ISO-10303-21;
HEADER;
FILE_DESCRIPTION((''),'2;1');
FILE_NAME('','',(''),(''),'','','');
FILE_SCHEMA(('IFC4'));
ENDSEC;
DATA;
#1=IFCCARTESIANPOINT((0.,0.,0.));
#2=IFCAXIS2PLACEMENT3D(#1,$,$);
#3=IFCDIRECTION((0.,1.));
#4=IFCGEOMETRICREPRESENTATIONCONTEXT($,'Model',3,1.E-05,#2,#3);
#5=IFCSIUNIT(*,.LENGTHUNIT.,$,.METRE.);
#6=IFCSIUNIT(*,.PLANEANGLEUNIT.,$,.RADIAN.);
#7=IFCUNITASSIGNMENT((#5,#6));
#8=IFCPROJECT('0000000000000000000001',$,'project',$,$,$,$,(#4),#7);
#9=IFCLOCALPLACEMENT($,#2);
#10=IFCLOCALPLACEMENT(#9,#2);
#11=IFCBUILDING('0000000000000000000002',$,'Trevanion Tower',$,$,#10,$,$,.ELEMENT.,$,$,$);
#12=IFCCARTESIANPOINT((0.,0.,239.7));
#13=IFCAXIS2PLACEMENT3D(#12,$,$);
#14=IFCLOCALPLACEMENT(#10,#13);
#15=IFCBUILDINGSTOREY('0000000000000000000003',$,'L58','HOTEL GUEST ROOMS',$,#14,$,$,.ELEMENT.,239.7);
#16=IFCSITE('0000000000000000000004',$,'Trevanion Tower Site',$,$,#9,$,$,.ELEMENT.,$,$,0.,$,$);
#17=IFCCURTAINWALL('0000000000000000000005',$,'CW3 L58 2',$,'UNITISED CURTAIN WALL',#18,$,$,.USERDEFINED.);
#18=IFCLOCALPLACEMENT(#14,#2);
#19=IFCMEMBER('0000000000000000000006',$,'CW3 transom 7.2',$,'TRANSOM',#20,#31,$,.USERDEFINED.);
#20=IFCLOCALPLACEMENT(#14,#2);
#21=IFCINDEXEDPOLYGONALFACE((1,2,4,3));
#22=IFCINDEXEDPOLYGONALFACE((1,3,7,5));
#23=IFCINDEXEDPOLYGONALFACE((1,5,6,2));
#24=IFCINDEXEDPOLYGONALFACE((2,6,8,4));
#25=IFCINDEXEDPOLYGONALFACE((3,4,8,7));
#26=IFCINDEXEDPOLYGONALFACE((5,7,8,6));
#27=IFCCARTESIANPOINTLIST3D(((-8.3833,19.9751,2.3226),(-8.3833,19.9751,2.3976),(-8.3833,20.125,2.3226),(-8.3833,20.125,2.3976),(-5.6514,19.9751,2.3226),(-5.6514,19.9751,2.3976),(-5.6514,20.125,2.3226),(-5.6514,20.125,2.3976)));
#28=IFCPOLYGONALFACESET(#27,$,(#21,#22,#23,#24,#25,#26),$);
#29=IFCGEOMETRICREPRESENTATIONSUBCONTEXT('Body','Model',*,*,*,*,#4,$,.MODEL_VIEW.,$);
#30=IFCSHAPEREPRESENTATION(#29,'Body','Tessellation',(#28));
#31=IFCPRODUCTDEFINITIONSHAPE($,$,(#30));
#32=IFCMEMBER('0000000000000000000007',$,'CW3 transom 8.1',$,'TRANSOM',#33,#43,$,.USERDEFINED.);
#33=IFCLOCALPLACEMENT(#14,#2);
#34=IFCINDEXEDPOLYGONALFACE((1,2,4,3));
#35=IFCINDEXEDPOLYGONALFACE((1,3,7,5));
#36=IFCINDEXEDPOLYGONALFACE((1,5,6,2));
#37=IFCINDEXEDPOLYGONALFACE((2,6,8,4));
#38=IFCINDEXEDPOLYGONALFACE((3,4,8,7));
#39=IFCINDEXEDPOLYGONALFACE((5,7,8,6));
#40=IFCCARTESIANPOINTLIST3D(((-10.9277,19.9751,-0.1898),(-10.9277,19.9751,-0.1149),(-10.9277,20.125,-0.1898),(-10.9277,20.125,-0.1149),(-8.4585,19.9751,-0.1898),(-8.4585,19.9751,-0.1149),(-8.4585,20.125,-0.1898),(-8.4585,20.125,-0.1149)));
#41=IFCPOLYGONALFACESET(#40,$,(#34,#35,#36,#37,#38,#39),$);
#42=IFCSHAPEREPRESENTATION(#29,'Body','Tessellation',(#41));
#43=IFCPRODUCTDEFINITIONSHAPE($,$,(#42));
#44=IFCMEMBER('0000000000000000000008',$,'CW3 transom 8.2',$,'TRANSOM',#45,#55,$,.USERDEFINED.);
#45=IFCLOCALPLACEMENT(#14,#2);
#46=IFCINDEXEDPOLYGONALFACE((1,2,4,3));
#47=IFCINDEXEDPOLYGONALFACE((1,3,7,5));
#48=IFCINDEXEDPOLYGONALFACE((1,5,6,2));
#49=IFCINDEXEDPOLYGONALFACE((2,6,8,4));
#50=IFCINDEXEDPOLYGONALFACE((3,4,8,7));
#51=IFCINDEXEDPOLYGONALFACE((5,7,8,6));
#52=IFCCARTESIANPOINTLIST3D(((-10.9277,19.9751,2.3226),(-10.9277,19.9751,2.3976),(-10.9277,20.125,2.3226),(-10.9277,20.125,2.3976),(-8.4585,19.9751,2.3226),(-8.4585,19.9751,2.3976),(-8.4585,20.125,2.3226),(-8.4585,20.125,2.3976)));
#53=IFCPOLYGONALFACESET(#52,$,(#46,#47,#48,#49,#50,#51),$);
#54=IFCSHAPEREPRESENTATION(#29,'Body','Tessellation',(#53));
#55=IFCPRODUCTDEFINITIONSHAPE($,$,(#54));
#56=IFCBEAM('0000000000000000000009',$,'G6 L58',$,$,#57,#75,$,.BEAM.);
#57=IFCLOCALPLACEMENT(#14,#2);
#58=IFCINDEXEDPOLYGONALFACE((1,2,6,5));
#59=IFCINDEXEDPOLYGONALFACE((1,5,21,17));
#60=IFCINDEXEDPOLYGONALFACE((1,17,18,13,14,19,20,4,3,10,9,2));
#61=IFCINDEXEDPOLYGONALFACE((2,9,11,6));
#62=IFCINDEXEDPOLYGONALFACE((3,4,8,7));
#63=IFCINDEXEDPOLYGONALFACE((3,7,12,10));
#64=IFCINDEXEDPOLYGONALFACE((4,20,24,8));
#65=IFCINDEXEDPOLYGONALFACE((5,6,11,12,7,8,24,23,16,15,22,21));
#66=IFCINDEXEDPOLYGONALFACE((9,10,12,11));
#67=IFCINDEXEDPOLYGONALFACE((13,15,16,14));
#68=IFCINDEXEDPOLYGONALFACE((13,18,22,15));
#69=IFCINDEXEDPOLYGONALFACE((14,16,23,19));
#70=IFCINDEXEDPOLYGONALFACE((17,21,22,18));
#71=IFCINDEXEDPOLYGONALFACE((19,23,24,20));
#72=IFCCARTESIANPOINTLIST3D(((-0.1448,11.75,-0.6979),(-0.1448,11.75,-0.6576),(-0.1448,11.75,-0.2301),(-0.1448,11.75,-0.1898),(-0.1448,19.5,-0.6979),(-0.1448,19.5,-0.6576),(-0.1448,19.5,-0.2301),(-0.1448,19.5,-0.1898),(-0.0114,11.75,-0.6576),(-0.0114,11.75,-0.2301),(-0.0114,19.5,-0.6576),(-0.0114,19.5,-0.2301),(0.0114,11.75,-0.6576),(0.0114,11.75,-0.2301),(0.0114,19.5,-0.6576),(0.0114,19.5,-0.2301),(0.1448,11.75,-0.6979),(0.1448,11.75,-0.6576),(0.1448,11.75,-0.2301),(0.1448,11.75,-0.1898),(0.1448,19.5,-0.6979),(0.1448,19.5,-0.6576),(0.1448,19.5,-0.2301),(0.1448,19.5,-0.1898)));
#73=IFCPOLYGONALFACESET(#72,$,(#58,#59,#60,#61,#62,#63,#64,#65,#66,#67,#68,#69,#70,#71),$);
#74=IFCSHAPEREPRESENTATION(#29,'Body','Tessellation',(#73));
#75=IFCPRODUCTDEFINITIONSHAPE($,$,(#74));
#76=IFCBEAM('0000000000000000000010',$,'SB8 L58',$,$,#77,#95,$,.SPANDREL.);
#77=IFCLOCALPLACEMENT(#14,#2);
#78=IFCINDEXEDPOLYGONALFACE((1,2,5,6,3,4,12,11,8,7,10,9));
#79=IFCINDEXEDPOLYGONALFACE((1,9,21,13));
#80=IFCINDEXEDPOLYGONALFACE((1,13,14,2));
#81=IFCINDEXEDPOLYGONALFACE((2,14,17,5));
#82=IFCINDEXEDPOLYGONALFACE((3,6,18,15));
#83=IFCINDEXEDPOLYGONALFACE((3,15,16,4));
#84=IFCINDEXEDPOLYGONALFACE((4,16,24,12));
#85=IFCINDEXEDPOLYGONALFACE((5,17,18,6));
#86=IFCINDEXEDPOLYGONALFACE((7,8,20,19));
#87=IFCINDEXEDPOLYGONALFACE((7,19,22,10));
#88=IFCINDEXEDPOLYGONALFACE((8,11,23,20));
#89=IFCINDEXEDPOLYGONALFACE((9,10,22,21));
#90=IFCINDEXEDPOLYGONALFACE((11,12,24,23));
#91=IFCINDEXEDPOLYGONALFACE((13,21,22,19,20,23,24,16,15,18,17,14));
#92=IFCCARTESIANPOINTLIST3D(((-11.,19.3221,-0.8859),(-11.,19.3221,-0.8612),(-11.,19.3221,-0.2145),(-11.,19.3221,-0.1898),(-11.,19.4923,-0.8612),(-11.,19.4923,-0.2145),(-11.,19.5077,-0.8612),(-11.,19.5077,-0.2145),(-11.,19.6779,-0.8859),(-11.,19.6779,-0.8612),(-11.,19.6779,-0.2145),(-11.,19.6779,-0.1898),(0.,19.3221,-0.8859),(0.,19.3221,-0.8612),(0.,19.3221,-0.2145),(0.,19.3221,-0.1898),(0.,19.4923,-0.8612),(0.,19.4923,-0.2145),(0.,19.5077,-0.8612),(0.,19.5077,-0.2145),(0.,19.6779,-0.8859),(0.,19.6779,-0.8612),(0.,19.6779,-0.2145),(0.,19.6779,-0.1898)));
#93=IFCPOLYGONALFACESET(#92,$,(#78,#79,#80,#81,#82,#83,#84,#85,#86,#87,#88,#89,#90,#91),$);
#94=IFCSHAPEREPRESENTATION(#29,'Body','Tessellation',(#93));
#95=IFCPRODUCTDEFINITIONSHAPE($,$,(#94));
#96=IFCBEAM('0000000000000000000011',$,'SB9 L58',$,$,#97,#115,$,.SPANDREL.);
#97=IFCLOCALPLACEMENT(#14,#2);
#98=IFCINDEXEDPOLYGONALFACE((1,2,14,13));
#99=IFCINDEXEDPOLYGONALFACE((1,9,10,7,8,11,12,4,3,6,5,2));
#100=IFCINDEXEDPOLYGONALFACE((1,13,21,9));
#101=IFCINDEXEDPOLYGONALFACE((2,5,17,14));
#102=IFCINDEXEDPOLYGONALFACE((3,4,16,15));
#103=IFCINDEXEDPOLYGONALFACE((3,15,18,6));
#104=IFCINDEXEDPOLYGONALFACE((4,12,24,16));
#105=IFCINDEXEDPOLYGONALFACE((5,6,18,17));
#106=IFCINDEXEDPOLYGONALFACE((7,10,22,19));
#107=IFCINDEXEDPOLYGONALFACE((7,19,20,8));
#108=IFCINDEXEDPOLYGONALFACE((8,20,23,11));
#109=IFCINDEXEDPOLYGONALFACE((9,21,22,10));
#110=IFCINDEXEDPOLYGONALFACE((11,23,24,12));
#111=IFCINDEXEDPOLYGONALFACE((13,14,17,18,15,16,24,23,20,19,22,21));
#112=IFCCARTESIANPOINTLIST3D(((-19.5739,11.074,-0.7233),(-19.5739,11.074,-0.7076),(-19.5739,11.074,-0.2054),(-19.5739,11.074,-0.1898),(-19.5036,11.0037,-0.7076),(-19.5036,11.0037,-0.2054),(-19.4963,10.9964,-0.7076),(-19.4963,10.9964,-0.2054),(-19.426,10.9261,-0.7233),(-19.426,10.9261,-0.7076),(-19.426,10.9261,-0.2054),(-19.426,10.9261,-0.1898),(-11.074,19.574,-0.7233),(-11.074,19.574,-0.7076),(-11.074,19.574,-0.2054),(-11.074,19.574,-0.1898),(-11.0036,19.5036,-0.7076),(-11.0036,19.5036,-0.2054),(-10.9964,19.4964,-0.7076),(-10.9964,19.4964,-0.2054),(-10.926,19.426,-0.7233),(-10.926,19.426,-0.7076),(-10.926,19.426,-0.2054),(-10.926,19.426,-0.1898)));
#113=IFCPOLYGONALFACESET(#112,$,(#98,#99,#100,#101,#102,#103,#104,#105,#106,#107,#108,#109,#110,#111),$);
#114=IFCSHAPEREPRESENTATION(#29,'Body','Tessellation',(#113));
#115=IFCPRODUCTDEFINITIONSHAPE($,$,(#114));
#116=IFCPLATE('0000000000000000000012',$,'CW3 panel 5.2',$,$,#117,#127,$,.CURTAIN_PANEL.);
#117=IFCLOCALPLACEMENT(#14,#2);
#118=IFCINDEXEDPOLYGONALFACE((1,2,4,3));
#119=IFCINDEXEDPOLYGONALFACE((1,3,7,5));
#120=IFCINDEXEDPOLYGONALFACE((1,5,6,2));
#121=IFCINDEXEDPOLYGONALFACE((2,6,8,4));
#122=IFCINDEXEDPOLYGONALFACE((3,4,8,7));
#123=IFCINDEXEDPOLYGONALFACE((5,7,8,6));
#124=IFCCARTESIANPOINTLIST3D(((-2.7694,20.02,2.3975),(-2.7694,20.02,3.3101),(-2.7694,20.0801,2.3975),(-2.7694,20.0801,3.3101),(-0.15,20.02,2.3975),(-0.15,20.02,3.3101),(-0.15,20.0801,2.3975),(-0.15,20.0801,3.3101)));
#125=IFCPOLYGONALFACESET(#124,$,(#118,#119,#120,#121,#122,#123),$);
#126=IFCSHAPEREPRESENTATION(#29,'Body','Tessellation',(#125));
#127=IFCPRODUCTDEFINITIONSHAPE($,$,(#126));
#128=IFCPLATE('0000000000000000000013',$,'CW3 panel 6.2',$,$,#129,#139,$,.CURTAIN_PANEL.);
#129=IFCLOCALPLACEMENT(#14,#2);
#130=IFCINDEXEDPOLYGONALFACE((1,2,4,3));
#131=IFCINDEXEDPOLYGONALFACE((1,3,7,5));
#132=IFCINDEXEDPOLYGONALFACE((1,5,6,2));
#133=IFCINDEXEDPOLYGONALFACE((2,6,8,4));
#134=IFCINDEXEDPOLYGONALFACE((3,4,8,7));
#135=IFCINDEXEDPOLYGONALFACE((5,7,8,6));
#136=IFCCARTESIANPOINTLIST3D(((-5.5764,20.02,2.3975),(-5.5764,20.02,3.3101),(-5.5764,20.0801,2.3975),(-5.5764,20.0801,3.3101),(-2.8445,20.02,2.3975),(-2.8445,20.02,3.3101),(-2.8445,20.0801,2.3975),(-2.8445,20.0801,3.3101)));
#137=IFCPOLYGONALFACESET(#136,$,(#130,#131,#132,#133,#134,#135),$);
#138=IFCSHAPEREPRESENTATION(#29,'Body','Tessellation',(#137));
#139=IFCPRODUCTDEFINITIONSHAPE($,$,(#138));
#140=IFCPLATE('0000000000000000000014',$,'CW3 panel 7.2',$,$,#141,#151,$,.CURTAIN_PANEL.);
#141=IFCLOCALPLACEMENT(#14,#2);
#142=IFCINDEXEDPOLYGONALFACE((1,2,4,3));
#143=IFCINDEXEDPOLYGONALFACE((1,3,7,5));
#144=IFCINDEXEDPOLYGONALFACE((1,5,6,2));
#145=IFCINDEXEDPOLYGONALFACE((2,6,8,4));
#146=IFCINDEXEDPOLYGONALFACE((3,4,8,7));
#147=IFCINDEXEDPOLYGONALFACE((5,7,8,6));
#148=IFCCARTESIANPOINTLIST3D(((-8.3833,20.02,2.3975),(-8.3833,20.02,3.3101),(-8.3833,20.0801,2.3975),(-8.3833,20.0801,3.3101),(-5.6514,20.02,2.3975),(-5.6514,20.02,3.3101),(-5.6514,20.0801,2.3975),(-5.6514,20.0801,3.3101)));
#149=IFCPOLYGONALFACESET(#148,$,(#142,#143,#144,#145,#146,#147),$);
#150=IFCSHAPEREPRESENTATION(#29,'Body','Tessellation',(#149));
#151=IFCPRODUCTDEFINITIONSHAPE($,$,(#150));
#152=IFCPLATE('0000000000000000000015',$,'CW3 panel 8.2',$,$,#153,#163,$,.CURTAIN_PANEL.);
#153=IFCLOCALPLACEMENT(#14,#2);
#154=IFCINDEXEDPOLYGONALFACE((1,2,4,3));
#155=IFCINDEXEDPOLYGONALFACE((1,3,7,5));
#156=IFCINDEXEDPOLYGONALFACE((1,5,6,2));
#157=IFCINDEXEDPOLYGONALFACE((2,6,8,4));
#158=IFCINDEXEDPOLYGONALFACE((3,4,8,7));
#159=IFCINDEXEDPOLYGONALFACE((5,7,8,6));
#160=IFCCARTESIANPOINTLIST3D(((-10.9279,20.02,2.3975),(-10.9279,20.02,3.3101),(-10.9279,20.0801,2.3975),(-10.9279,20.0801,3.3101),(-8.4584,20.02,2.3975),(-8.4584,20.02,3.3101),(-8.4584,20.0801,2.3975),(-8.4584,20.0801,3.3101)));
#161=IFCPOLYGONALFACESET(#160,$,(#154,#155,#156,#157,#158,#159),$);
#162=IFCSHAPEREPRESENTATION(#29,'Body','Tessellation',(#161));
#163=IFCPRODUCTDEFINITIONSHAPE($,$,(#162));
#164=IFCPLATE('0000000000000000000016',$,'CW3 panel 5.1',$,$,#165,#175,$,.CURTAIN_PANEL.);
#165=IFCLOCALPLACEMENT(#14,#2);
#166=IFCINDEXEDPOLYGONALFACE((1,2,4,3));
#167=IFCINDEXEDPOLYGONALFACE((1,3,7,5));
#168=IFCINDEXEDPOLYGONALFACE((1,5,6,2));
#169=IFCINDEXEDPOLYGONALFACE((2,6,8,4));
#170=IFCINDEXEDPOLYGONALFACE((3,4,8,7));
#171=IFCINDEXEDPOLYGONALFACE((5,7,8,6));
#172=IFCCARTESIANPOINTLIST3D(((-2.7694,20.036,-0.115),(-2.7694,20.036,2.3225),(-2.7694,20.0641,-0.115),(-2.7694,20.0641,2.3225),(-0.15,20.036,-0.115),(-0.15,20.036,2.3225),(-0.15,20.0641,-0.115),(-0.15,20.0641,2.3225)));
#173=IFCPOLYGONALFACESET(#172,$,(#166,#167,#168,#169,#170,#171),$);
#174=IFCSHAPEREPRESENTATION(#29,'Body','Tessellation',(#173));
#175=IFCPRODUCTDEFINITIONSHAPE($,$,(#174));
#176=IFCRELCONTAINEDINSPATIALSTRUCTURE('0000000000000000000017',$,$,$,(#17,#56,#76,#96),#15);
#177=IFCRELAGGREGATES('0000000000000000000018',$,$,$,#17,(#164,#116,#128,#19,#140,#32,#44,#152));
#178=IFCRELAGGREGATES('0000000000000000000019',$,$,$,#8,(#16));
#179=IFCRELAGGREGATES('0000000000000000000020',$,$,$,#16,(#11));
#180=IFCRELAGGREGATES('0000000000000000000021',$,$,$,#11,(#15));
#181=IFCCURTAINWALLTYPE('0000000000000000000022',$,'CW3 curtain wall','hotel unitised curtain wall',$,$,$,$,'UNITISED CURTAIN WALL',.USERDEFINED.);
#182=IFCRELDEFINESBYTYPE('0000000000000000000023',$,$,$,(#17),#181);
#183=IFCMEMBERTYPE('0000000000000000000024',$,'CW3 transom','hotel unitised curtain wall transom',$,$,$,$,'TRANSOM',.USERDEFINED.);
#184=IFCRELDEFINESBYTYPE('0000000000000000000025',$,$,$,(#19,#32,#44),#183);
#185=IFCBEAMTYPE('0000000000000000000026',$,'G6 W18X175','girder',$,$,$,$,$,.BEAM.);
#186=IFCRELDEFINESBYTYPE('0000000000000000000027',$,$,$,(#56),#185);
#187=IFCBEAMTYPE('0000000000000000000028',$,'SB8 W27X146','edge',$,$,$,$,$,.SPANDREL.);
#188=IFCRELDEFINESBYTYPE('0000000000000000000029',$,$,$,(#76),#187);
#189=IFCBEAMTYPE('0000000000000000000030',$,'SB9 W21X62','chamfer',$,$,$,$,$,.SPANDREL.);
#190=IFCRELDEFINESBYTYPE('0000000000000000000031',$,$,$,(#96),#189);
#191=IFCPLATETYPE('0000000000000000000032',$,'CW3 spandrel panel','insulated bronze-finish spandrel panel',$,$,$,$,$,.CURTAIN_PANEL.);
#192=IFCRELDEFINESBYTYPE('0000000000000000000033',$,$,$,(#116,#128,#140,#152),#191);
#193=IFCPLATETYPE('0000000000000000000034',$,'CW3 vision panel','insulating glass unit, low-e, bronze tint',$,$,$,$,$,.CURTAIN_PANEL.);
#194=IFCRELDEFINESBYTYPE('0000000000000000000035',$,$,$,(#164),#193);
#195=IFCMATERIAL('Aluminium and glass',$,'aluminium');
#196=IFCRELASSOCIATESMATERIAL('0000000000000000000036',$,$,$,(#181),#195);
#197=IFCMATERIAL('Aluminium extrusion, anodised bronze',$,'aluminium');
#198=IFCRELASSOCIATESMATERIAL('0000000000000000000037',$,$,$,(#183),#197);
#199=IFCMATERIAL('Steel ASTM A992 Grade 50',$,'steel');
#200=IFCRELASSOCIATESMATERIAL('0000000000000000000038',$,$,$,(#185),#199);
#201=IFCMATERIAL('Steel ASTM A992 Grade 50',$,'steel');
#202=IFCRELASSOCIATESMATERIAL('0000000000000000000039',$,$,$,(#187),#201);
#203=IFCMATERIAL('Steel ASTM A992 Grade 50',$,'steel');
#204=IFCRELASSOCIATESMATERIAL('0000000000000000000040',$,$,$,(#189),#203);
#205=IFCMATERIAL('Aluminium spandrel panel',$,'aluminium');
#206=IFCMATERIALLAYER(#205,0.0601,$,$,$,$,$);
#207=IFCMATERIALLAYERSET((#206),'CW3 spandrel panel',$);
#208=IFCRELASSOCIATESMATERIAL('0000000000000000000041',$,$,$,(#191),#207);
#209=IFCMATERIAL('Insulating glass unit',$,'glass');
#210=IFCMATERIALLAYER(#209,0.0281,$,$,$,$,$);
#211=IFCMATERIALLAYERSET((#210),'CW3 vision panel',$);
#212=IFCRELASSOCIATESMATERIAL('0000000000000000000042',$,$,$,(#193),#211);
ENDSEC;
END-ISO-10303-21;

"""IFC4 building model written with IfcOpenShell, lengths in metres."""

from ifc_helpers import new_model, si_unit, direction, frame, origin, origin_2d, place, context, subcontext, project, spatial, rectangle, i_section, extrude, material, layer, layer_set, material_profile, profile_set, type_object, element, aggregate, save


model = new_model("IFC4")

# Units and contexts
model_context = context("Model", 3, precision=1e-05, world=origin(), true_north=direction((0.0, 1.0)))
body_context = subcontext(model_context, "Body", "Model", "MODEL_VIEW")
ifc_project = project(units=[si_unit("LENGTHUNIT", "METRE"), si_unit("PLANEANGLEUNIT", "RADIAN")], contexts=[model_context])

# Site, building, storey
site_placement = place(None, origin())
site = spatial("IfcSite", under=ifc_project, at=site_placement, Name="Trevanion Tower Site", CompositionType="ELEMENT", RefElevation=0.0)
building_placement = place(site_placement, origin())
building = spatial("IfcBuilding", under=site, at=building_placement, Name="Trevanion Tower", CompositionType="ELEMENT")
storey_placement = place(building_placement, frame((0.0, 0.0, 239.7)))
storey = spatial("IfcBuildingStorey", under=building, at=storey_placement, Name="L58", Description="HOTEL GUEST ROOMS", CompositionType="ELEMENT", Elevation=239.7)

# Curtain wall, members
ifc_material_1 = material(Name="Aluminium and glass", Category="aluminium")
curtain_wall_type = type_object("IfcCurtainWallType", Name="CW3 curtain wall", Description="hotel unitised curtain wall", ElementType="UNITISED CURTAIN WALL", PredefinedType="USERDEFINED", material=ifc_material_1)
curtain_wall_placement = place(storey_placement, origin())
curtain_wall = element("IfcCurtainWall", 1, at=curtain_wall_placement, inside=storey, type_object=curtain_wall_type, Name="CW3 L58 2", ObjectType="UNITISED CURTAIN WALL", PredefinedType="USERDEFINED")
ifc_material_2 = material(Name="Aluminium extrusion, anodised bronze", Category="aluminium")
ifc_material_profile_1 = material_profile(ifc_material_2, rectangle(XDim=0.1499, YDim=0.075, at=origin_2d()), Name="CW3 transom")
ifc_profile_set_1 = profile_set([ifc_material_profile_1], Name="Aluminium extrusion, anodised bronze")
member_type_1 = type_object("IfcMemberType", Name="CW3 transom", Description="hotel unitised curtain wall transom", ElementType="TRANSOM", PredefinedType="USERDEFINED", material=ifc_profile_set_1)
member_1_placement = place(storey_placement, frame((-5.6514, 20.05, 2.3601), z_axis=(-1.0, 0.0, 0.0), x_axis=(0.0, -1.0, 0.0)))
member_1 = element("IfcMember", 2, at=member_1_placement, type_object=member_type_1, Name="CW3 transom 7.2", ObjectType="TRANSOM", PredefinedType="USERDEFINED", context=body_context, shape_type="SweptSolid", body=[
    extrude(rectangle(XDim=0.1499, YDim=0.075, at=origin_2d()), origin(), (0.0, 0.0, 1.0), 2.7319),
])
member_2_placement = place(storey_placement, frame((-8.4585, 20.05, -0.1523), z_axis=(-1.0, 0.0, 0.0), x_axis=(0.0, -1.0, 0.0)))
member_2 = element("IfcMember", 3, at=member_2_placement, type_object=member_type_1, Name="CW3 transom 8.1", ObjectType="TRANSOM", PredefinedType="USERDEFINED", context=body_context, shape_type="SweptSolid", body=[
    extrude(rectangle(XDim=0.1499, YDim=0.075, at=origin_2d()), origin(), (0.0, 0.0, 1.0), 2.4692),
])
member_3_placement = place(storey_placement, frame((-8.4585, 20.05, 2.3601), z_axis=(-1.0, 0.0, 0.0), x_axis=(0.0, -1.0, 0.0)))
member_3 = element("IfcMember", 4, at=member_3_placement, type_object=member_type_1, Name="CW3 transom 8.2", ObjectType="TRANSOM", PredefinedType="USERDEFINED", context=body_context, shape_type="SweptSolid", body=[
    extrude(rectangle(XDim=0.1499, YDim=0.075, at=origin_2d()), origin(), (0.0, 0.0, 1.0), 2.4692),
])

# Beams
ifc_material_3 = material(Name="Steel ASTM A992 Grade 50", Category="steel")
ifc_material_profile_2 = material_profile(ifc_material_3, i_section(OverallWidth=0.2896, OverallDepth=0.5081, WebThickness=0.0227, FlangeThickness=0.0403, at=origin_2d()), Name="W18X175")
ifc_profile_set_2 = profile_set([ifc_material_profile_2], Name="Steel ASTM A992 Grade 50")
beam_type_1 = type_object("IfcBeamType", Name="G6 W18X175", Description="girder", PredefinedType="BEAM", material=ifc_profile_set_2)
beam_1_placement = place(storey_placement, frame((0.0, 11.75, -0.4438), z_axis=(0.0, 1.0, 0.0), x_axis=(-1.0, 0.0, 0.0)))
element("IfcBeam", 5, at=beam_1_placement, inside=storey, type_object=beam_type_1, Name="G6 L58", PredefinedType="BEAM", context=body_context, shape_type="SweptSolid", body=[
    extrude(i_section(OverallWidth=0.2896, OverallDepth=0.5081, WebThickness=0.0227, FlangeThickness=0.0403, at=origin_2d()), origin(), (0.0, 0.0, 1.0), 7.75),
])
ifc_material_4 = material(Name="Steel ASTM A992 Grade 50", Category="steel")
ifc_material_profile_3 = material_profile(ifc_material_4, i_section(OverallWidth=0.3557, OverallDepth=0.696, WebThickness=0.0154, FlangeThickness=0.0247, at=origin_2d()), Name="W27X146")
ifc_profile_set_3 = profile_set([ifc_material_profile_3], Name="Steel ASTM A992 Grade 50")
beam_type_2 = type_object("IfcBeamType", Name="SB8 W27X146", Description="edge", PredefinedType="SPANDREL", material=ifc_profile_set_3)
beam_2_placement = place(storey_placement, frame((0.0, 19.5, -0.5378), z_axis=(-1.0, 0.0, 0.0), x_axis=(0.0, -1.0, 0.0)))
element("IfcBeam", 6, at=beam_2_placement, inside=storey, type_object=beam_type_2, Name="SB8 L58", PredefinedType="SPANDREL", context=body_context, shape_type="SweptSolid", body=[
    extrude(i_section(OverallWidth=0.3557, OverallDepth=0.696, WebThickness=0.0154, FlangeThickness=0.0247, at=origin_2d()), origin(), (0.0, 0.0, 1.0), 11.0),
])
ifc_material_5 = material(Name="Steel ASTM A992 Grade 50", Category="steel")
ifc_material_profile_4 = material_profile(ifc_material_5, i_section(OverallWidth=0.2092, OverallDepth=0.5334, WebThickness=0.0103, FlangeThickness=0.0156, at=origin_2d()), Name="W21X62")
ifc_profile_set_4 = profile_set([ifc_material_profile_4], Name="Steel ASTM A992 Grade 50")
beam_type_3 = type_object("IfcBeamType", Name="SB9 W21X62", Description="chamfer", PredefinedType="SPANDREL", material=ifc_profile_set_4)
beam_3_placement = place(storey_placement, frame((-11.0, 19.5, -0.4565), z_axis=(-0.707107, -0.707107, 0.0), x_axis=(0.707107, -0.707107, 0.0)))
element("IfcBeam", 7, at=beam_3_placement, inside=storey, type_object=beam_type_3, Name="SB9 L58", PredefinedType="SPANDREL", context=body_context, shape_type="SweptSolid", body=[
    extrude(i_section(OverallWidth=0.2092, OverallDepth=0.5334, WebThickness=0.0103, FlangeThickness=0.0156, at=origin_2d()), origin(), (0.0, 0.0, 1.0), 12.0208),
])

# Plates
ifc_material_6 = material(Name="Aluminium spandrel panel", Category="aluminium")
ifc_layer_1 = layer(ifc_material_6, 0.0601)
ifc_layer_set_1 = layer_set([ifc_layer_1], Name="CW3 spandrel panel")
plate_type_1 = type_object("IfcPlateType", Name="CW3 spandrel panel", Description="insulated bronze-finish spandrel panel", PredefinedType="CURTAIN_PANEL", material=ifc_layer_set_1)
plate_1_placement = place(storey_placement, frame((-1.4597, 20.05, 2.3975), z_axis=(0.0, 0.0, 1.0), x_axis=(-1.0, 0.0, 0.0)))
plate_1 = element("IfcPlate", 8, at=plate_1_placement, type_object=plate_type_1, Name="CW3 panel 5.2", PredefinedType="CURTAIN_PANEL", context=body_context, shape_type="SweptSolid", body=[
    extrude(rectangle(XDim=2.6194, YDim=0.0601, at=origin_2d()), origin(), (0.0, 0.0, 1.0), 0.9126),
])
plate_2_placement = place(storey_placement, frame((-4.2104, 20.05, 2.3975), z_axis=(0.0, 0.0, 1.0), x_axis=(-1.0, 0.0, 0.0)))
plate_2 = element("IfcPlate", 9, at=plate_2_placement, type_object=plate_type_1, Name="CW3 panel 6.2", PredefinedType="CURTAIN_PANEL", context=body_context, shape_type="SweptSolid", body=[
    extrude(rectangle(XDim=2.7319, YDim=0.0601, at=origin_2d()), origin(), (0.0, 0.0, 1.0), 0.9126),
])
plate_3_placement = place(storey_placement, frame((-7.0173, 20.05, 2.3975), z_axis=(0.0, 0.0, 1.0), x_axis=(-1.0, 0.0, 0.0)))
plate_3 = element("IfcPlate", 10, at=plate_3_placement, type_object=plate_type_1, Name="CW3 panel 7.2", PredefinedType="CURTAIN_PANEL", context=body_context, shape_type="SweptSolid", body=[
    extrude(rectangle(XDim=2.7319, YDim=0.0601, at=origin_2d()), origin(), (0.0, 0.0, 1.0), 0.9126),
])
plate_4_placement = place(storey_placement, frame((-9.6931, 20.05, 2.3975), z_axis=(0.0, 0.0, 1.0), x_axis=(-1.0, 0.0, 0.0)))
plate_4 = element("IfcPlate", 11, at=plate_4_placement, type_object=plate_type_1, Name="CW3 panel 8.2", PredefinedType="CURTAIN_PANEL", context=body_context, shape_type="SweptSolid", body=[
    extrude(rectangle(XDim=2.4695, YDim=0.0601, at=origin_2d()), origin(), (0.0, 0.0, 1.0), 0.9126),
])
ifc_material_7 = material(Name="Insulating glass unit", Category="glass")
ifc_layer_2 = layer(ifc_material_7, 0.0281)
ifc_layer_set_2 = layer_set([ifc_layer_2], Name="CW3 vision panel")
plate_type_2 = type_object("IfcPlateType", Name="CW3 vision panel", Description="insulating glass unit, low-e, bronze tint", PredefinedType="CURTAIN_PANEL", material=ifc_layer_set_2)
plate_5_placement = place(storey_placement, frame((-1.4597, 20.05, -0.115), z_axis=(0.0, 0.0, 1.0), x_axis=(-1.0, 0.0, 0.0)))
plate_5 = element("IfcPlate", 12, at=plate_5_placement, type_object=plate_type_2, Name="CW3 panel 5.1", PredefinedType="CURTAIN_PANEL", context=body_context, shape_type="SweptSolid", body=[
    extrude(rectangle(XDim=2.6194, YDim=0.0281, at=origin_2d()), origin(), (0.0, 0.0, 1.0), 2.4375),
])
aggregate(curtain_wall, [plate_5, plate_1, plate_2, member_1, plate_3, member_2, member_3, plate_4])

save(model, "model.ifc")
